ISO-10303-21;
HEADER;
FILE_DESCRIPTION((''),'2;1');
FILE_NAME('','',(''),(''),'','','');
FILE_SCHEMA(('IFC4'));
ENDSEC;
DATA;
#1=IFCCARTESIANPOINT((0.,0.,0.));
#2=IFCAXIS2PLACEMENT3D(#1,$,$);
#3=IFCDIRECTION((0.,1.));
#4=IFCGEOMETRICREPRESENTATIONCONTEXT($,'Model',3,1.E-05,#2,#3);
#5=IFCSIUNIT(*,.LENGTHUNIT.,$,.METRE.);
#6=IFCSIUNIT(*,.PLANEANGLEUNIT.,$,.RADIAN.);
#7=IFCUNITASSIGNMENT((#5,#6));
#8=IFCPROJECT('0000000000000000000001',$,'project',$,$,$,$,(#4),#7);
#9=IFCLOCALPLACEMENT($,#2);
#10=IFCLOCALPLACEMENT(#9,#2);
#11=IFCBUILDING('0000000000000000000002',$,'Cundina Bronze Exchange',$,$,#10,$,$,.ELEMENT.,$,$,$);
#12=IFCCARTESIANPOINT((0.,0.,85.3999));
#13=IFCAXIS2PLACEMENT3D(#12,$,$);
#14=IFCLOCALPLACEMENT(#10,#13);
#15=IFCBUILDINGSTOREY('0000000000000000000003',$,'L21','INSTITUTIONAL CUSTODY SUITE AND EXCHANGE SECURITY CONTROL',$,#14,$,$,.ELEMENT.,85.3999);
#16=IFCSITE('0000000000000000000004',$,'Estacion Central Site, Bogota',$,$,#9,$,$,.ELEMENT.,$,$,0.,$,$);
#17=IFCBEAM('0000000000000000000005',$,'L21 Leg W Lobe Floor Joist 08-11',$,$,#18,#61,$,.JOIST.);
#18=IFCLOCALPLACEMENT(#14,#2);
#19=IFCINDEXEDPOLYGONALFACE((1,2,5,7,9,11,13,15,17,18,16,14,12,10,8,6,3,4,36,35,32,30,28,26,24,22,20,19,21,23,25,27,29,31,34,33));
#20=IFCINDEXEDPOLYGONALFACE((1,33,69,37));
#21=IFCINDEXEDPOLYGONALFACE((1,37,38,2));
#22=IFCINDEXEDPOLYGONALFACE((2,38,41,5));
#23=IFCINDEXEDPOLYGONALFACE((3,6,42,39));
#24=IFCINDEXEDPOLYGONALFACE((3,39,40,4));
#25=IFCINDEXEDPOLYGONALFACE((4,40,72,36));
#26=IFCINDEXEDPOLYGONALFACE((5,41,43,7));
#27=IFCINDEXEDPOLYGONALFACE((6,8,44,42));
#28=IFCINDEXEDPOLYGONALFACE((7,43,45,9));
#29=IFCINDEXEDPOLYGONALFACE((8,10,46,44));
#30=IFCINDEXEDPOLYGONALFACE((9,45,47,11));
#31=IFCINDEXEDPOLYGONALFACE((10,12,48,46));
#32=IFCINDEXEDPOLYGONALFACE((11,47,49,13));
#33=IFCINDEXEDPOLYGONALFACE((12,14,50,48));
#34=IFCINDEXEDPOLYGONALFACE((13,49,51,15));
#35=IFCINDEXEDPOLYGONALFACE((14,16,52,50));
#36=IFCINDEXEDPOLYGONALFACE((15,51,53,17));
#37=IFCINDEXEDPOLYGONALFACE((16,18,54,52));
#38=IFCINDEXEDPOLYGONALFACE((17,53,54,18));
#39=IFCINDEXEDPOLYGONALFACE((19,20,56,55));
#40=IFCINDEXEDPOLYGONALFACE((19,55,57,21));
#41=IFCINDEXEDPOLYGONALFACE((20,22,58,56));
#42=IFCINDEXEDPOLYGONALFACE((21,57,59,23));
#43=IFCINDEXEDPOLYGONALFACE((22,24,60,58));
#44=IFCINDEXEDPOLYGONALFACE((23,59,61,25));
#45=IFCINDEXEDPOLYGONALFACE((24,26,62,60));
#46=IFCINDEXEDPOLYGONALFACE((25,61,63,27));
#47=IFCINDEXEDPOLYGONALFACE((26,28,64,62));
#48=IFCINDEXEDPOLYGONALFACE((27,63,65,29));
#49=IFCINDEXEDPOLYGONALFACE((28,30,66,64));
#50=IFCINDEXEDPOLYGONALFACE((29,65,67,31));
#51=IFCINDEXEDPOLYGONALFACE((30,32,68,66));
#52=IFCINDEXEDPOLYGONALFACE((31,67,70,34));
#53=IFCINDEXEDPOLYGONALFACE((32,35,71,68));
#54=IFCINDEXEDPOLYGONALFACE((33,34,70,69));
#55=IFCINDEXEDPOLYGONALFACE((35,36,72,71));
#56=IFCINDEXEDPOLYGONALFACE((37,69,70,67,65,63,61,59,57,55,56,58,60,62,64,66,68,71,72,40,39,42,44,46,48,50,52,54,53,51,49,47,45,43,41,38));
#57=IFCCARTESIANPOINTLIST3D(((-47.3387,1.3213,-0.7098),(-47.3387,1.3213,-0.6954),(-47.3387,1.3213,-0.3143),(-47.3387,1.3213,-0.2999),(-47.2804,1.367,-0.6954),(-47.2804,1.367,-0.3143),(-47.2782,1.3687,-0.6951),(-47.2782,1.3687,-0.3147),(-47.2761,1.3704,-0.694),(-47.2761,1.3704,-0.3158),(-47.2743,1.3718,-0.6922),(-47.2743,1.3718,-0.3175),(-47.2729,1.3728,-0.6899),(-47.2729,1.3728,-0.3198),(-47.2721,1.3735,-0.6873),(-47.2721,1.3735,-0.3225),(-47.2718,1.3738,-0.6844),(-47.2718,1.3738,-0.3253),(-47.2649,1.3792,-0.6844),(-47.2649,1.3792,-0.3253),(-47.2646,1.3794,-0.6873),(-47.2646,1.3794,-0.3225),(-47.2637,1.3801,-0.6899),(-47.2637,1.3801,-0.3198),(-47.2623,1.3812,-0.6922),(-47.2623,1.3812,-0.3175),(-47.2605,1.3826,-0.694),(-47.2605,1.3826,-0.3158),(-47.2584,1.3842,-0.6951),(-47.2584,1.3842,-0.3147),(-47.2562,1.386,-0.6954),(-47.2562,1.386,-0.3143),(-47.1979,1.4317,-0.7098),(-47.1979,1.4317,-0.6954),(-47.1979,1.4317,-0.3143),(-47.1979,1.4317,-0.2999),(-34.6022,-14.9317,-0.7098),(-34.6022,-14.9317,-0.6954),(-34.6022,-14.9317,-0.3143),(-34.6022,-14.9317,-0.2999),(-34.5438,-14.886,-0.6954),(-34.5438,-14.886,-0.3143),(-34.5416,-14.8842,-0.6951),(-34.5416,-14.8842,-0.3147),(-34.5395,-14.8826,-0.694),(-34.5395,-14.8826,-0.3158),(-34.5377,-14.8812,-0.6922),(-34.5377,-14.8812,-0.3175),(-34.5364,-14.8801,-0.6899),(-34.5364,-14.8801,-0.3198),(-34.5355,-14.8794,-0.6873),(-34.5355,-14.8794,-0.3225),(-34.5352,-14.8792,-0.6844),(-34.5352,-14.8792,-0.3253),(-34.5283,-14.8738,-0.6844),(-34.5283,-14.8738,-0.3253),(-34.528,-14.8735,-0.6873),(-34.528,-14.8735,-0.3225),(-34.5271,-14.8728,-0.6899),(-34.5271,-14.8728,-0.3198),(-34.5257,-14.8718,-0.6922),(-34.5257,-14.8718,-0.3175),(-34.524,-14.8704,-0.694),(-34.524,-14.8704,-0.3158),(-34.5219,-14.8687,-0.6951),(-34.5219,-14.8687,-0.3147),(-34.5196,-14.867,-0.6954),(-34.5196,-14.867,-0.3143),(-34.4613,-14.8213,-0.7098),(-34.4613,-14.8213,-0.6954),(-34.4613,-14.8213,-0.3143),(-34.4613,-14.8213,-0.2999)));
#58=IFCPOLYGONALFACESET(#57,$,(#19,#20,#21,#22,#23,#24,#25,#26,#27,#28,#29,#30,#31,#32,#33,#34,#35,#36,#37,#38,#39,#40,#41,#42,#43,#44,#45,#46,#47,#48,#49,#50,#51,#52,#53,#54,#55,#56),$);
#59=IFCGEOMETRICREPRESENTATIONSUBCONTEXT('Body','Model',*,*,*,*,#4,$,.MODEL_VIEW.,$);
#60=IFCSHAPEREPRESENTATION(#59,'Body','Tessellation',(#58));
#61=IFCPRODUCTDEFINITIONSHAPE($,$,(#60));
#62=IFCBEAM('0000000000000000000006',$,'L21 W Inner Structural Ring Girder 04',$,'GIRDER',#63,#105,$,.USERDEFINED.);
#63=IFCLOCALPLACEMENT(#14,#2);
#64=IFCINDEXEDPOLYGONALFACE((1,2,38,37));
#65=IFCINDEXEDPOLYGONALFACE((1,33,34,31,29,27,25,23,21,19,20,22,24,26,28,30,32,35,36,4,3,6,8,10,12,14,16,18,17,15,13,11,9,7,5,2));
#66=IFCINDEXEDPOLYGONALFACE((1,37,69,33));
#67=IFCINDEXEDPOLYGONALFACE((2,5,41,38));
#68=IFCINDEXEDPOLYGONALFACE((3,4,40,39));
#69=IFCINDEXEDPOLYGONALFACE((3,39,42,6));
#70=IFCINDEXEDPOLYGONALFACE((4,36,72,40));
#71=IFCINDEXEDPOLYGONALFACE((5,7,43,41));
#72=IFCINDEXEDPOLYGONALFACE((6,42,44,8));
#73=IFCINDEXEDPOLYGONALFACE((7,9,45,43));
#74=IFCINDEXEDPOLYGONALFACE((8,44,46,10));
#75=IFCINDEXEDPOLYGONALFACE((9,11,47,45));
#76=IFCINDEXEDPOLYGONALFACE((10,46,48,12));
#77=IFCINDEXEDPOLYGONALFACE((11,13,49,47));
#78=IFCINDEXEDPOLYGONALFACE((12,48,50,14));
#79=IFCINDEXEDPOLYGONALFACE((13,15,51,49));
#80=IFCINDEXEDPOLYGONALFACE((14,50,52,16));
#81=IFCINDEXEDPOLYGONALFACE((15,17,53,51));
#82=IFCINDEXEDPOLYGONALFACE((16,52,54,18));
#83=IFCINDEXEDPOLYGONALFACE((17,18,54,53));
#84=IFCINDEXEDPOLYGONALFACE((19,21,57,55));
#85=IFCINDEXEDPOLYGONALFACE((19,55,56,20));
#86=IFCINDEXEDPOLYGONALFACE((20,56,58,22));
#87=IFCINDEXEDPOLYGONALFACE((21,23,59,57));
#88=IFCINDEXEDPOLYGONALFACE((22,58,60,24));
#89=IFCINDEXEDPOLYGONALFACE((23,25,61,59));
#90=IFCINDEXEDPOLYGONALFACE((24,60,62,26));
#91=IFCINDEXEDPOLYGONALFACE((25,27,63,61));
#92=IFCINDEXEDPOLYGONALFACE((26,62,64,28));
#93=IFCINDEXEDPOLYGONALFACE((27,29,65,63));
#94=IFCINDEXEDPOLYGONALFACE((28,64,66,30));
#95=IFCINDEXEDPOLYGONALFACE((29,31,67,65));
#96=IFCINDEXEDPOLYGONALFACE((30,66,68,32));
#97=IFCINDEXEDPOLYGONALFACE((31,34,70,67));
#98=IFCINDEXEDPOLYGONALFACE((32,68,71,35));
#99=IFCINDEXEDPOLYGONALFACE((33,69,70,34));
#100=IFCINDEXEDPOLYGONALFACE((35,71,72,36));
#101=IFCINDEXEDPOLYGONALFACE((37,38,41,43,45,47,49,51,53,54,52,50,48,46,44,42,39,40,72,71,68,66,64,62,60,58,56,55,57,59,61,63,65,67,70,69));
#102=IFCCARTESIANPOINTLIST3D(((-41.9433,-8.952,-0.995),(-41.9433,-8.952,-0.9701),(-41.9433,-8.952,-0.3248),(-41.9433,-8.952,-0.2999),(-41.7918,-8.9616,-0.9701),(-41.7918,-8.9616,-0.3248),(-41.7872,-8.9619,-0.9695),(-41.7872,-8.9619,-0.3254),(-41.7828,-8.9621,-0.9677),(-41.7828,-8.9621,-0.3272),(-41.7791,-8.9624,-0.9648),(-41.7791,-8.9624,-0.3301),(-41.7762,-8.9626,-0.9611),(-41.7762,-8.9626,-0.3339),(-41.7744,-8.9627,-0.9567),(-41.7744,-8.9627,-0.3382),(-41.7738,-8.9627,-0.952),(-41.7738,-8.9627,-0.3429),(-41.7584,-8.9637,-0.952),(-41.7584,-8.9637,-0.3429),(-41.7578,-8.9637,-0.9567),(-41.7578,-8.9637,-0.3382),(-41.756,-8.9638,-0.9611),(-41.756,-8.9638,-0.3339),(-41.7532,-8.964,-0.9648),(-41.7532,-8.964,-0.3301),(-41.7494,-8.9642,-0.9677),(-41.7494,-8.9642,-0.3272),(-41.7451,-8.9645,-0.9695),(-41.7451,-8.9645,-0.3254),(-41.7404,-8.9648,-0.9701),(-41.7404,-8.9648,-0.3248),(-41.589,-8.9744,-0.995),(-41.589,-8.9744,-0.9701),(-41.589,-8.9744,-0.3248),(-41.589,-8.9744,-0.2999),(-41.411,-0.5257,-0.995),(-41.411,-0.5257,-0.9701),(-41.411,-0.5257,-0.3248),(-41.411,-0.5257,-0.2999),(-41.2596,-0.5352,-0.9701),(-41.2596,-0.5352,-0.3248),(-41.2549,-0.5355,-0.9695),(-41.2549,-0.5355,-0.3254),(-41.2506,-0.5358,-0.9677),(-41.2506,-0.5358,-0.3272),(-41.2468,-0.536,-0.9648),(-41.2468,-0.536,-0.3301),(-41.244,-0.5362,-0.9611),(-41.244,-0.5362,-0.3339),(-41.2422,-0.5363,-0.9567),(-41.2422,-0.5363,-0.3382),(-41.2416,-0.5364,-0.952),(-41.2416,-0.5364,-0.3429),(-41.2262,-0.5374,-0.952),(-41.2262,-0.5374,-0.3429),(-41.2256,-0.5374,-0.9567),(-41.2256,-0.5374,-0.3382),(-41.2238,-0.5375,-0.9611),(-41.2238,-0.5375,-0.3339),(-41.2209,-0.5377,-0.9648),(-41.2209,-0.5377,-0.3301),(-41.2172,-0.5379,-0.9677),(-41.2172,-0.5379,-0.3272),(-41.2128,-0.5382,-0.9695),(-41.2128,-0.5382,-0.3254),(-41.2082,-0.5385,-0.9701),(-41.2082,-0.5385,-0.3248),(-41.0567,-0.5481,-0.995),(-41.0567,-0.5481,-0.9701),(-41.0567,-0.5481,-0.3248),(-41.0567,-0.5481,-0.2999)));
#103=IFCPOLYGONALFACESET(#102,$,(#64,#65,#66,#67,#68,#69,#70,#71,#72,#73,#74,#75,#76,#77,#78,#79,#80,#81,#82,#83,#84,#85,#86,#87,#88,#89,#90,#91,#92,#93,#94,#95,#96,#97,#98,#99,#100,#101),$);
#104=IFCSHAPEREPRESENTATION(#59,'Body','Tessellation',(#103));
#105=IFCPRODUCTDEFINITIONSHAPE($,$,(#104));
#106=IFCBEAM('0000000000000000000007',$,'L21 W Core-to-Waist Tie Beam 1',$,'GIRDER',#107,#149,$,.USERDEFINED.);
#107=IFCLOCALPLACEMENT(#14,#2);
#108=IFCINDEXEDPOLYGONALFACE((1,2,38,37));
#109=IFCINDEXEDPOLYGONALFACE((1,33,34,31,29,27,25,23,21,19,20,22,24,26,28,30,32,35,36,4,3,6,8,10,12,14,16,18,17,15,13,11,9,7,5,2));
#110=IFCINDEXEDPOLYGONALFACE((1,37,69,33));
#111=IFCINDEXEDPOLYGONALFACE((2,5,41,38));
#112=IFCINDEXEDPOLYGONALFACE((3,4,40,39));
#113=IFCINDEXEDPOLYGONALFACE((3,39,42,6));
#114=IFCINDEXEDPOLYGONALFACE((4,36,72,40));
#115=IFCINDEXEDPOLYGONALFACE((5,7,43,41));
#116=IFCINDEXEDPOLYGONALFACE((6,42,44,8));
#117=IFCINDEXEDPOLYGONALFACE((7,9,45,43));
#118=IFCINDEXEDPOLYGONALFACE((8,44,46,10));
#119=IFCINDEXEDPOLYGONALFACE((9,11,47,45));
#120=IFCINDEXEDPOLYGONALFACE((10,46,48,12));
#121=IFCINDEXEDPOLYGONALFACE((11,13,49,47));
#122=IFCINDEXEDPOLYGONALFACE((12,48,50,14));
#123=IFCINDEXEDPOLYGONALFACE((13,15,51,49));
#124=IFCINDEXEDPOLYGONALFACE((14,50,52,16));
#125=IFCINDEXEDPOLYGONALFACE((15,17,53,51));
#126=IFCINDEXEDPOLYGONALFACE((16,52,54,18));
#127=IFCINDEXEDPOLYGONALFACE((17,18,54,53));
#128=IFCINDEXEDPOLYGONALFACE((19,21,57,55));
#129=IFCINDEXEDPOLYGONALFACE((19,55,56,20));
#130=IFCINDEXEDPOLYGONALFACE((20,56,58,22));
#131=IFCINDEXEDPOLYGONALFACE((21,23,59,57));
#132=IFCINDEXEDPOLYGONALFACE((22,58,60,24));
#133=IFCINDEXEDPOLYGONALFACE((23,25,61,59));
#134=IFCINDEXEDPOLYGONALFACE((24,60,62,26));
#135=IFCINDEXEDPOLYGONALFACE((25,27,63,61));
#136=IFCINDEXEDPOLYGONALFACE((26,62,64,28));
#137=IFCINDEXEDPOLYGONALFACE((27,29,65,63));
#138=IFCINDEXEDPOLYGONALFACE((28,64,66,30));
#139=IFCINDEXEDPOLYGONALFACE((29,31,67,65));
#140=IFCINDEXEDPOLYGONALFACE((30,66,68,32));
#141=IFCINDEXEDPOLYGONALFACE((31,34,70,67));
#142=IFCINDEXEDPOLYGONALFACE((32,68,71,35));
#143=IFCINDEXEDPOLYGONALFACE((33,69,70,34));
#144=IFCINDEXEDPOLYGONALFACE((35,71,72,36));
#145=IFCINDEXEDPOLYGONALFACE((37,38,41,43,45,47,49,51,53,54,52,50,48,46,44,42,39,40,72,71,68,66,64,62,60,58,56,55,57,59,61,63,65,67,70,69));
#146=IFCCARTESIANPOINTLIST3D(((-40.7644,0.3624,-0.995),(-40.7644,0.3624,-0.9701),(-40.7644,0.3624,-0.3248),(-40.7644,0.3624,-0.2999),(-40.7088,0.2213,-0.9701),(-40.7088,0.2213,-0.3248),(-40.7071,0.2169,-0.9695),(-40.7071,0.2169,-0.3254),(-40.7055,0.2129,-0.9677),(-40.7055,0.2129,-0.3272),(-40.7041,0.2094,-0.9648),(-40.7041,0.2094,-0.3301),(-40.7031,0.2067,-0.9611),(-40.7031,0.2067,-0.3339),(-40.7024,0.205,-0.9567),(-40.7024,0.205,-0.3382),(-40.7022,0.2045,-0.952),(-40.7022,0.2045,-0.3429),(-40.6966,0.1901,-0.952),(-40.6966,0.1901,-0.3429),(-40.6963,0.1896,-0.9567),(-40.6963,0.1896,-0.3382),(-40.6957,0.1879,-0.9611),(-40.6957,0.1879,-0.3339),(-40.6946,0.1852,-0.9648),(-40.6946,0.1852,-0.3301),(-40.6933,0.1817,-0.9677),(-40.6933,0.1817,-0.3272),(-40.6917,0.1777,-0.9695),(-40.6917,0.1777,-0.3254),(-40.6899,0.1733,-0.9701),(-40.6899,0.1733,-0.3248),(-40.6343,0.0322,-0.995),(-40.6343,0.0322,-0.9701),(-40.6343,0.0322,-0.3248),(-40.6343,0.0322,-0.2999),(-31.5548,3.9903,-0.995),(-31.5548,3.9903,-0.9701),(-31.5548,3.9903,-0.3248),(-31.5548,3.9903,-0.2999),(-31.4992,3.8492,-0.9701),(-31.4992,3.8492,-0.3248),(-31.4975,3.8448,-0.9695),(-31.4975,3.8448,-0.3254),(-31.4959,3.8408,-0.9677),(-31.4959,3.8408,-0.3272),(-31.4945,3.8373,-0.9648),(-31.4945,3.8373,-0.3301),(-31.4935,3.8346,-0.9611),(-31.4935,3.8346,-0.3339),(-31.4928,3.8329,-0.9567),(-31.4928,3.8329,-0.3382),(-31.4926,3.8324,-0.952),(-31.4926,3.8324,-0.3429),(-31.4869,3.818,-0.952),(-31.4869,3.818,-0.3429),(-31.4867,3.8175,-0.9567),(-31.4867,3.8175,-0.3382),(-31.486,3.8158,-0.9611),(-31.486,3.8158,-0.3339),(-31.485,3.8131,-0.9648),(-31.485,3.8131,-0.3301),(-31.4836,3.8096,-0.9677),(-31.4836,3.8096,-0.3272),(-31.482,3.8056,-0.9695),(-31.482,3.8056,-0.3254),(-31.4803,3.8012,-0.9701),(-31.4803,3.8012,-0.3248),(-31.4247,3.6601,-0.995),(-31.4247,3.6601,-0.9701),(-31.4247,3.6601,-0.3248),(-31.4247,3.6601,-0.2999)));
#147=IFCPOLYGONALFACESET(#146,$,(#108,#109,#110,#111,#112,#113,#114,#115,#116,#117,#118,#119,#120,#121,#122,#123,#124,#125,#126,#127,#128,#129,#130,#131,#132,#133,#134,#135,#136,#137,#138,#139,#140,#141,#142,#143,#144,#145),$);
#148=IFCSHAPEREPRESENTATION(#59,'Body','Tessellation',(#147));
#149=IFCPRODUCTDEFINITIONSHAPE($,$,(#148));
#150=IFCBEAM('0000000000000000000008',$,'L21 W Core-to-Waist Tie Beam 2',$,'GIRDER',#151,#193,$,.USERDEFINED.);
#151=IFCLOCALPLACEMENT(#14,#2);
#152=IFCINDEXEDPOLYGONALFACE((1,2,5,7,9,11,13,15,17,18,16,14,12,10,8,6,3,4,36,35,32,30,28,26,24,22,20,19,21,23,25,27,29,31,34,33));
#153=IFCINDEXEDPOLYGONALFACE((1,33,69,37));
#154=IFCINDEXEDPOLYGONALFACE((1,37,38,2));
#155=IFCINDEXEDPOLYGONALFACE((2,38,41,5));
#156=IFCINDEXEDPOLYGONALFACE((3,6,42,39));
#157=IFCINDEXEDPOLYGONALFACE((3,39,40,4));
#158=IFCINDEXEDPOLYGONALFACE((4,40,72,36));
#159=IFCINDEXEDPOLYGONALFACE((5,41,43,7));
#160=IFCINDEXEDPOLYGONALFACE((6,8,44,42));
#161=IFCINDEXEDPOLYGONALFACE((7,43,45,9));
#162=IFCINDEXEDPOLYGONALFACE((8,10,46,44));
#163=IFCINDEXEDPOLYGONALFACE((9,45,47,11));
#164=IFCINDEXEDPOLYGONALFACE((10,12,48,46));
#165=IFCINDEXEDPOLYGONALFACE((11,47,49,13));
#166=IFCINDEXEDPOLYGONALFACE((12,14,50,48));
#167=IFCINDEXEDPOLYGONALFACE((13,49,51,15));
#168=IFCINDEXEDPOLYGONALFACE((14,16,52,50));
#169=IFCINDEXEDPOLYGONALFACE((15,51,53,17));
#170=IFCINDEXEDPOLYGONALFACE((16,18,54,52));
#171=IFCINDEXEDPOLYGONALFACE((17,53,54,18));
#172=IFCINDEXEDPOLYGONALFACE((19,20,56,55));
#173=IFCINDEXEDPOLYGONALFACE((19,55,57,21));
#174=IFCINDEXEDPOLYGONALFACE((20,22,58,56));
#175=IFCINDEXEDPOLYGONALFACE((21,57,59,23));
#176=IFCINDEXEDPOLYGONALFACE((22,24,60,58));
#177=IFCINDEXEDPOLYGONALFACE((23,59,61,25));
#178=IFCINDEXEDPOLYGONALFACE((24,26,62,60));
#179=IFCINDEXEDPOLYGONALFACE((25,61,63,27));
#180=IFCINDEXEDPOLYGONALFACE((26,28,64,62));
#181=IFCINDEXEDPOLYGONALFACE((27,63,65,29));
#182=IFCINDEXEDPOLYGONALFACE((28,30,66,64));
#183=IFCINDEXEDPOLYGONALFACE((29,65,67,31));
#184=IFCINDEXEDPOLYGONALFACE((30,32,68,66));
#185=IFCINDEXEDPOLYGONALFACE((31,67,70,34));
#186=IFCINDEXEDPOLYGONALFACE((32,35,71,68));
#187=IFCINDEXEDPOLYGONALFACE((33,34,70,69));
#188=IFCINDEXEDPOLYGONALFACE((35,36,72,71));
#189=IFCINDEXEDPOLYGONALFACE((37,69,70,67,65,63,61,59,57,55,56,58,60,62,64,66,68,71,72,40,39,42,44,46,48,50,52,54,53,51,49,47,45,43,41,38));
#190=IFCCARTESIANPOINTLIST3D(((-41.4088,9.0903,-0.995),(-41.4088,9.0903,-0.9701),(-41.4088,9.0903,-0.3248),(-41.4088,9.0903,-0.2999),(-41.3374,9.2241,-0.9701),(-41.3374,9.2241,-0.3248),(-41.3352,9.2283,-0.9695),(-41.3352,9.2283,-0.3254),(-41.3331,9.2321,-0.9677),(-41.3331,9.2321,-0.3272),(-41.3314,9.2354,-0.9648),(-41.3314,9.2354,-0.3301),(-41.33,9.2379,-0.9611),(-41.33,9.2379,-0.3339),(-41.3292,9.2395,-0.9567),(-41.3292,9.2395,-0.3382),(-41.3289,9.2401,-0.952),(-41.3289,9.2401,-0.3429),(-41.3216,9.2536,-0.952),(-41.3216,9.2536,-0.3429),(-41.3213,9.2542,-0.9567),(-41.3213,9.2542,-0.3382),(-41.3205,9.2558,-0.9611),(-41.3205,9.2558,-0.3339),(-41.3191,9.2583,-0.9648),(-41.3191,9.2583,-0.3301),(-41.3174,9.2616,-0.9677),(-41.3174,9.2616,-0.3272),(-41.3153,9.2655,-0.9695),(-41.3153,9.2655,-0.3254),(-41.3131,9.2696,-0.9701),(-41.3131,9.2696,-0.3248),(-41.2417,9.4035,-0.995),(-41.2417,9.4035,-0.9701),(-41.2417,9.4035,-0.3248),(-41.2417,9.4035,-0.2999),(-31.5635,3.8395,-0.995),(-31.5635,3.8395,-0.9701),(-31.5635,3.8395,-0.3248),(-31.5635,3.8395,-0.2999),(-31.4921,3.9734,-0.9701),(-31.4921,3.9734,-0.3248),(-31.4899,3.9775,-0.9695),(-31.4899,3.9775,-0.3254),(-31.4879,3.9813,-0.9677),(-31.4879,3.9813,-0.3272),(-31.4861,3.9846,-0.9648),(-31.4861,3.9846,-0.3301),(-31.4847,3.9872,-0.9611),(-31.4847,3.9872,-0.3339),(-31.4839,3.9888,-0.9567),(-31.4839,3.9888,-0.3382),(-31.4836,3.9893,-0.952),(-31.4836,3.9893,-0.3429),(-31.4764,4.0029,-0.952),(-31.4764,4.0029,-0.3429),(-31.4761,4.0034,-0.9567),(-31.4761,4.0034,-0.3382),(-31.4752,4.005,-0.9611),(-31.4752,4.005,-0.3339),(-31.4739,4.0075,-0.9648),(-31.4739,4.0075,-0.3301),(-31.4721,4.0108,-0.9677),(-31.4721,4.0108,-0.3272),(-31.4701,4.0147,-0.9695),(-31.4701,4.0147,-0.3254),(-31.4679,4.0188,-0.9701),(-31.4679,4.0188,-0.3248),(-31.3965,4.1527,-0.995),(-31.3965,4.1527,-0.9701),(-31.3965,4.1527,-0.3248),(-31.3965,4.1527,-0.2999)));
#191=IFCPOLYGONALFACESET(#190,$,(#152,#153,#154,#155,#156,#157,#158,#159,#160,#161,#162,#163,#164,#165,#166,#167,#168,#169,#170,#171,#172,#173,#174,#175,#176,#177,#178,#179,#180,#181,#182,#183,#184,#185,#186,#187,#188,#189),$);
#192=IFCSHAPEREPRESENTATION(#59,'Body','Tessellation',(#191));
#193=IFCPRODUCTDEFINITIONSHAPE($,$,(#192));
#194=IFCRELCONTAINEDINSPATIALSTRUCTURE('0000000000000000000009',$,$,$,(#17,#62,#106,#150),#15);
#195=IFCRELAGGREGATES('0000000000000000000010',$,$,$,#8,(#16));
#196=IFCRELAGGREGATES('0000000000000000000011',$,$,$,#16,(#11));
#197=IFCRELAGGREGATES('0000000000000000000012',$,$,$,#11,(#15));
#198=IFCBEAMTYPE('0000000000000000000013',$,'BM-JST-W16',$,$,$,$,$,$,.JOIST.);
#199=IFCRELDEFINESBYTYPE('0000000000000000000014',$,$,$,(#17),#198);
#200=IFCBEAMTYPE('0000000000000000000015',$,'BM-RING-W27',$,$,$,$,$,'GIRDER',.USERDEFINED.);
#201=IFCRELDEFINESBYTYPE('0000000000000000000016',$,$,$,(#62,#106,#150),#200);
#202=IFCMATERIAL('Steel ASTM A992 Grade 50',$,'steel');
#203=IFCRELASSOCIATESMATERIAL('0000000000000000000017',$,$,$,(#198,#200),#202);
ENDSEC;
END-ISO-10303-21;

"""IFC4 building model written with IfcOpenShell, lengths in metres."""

from ifc_helpers import new_model, si_unit, direction, frame, origin, origin_2d, place, context, subcontext, project, spatial, i_section, extrude, material, material_profile, profile_set, type_object, element, save


model = new_model("IFC4")

# Units and contexts
model_context = context("Model", 3, precision=1e-05, world=origin(), true_north=direction((0.0, 1.0)))
body_context = subcontext(model_context, "Body", "Model", "MODEL_VIEW")
ifc_project = project(units=[si_unit("LENGTHUNIT", "METRE"), si_unit("PLANEANGLEUNIT", "RADIAN")], contexts=[model_context])

# Site, building, storey
site_placement = place(None, origin())
site = spatial("IfcSite", under=ifc_project, at=site_placement, Name="Estacion Central Site, Bogota", CompositionType="ELEMENT", RefElevation=0.0)
building_placement = place(site_placement, origin())
building = spatial("IfcBuilding", under=site, at=building_placement, Name="Cundina Bronze Exchange", CompositionType="ELEMENT")
storey_placement = place(building_placement, frame((0.0, 0.0, 85.3999)))
storey = spatial("IfcBuildingStorey", under=building, at=storey_placement, Name="L21", Description="INSTITUTIONAL CUSTODY SUITE AND EXCHANGE SECURITY CONTROL", CompositionType="ELEMENT", Elevation=85.3999)

# Shared definitions
ifc_material_1 = material(Name="Steel ASTM A992 Grade 50", Category="steel")

# Beams
ifc_material_profile_1 = material_profile(ifc_material_1, i_section(OverallWidth=0.179, OverallDepth=0.4099, WebThickness=0.0088, FlangeThickness=0.0144, FilletRadius=0.011, at=origin_2d()), Name="W16X45", Category="steel")
ifc_profile_set_1 = profile_set([ifc_material_profile_1], Name="Steel ASTM A992 Grade 50")
beam_type_1 = type_object("IfcBeamType", Name="BM-JST-W16", PredefinedType="JOIST", material=ifc_profile_set_1)
beam_1_placement = place(storey_placement, frame((-47.2683, 1.3765, -0.5049), z_axis=(0.616815, -0.787108, 0.0), x_axis=(0.787108, 0.616815, 0.0)))
element("IfcBeam", 1, at=beam_1_placement, inside=storey, type_object=beam_type_1, Name="L21 Leg W Lobe Floor Joist 08-11", PredefinedType="JOIST", context=body_context, shape_type="SweptSolid", body=[
    extrude(i_section(OverallWidth=0.179, OverallDepth=0.4099, WebThickness=0.0088, FlangeThickness=0.0144, FilletRadius=0.011, at=origin_2d()), origin(), (0.0, 0.0, 1.0), 20.6489),
])
ifc_material_profile_2 = material_profile(ifc_material_1, i_section(OverallWidth=0.355, OverallDepth=0.6951, WebThickness=0.0154, FlangeThickness=0.0249, FilletRadius=0.0181, at=origin_2d()), Name="W27X146", Category="steel")
ifc_profile_set_2 = profile_set([ifc_material_profile_2], Name="Steel ASTM A992 Grade 50")
beam_type_2 = type_object("IfcBeamType", Name="BM-RING-W27", ElementType="GIRDER", PredefinedType="USERDEFINED", material=ifc_profile_set_2)
beam_2_placement = place(storey_placement, frame((-41.2339, -0.5369, -0.6475), z_axis=(-0.063037, -0.998011, 0.0), x_axis=(0.998011, -0.063037, 0.0)))
element("IfcBeam", 2, at=beam_2_placement, inside=storey, type_object=beam_type_2, Name="L21 W Inner Structural Ring Girder 04", ObjectType="GIRDER", PredefinedType="USERDEFINED", context=body_context, shape_type="SweptSolid", body=[
    extrude(i_section(OverallWidth=0.355, OverallDepth=0.6951, WebThickness=0.0154, FlangeThickness=0.0249, FilletRadius=0.0181, at=origin_2d()), origin(), (0.0, 0.0, 1.0), 8.4431),
])
beam_3_placement = place(storey_placement, frame((-31.4897, 3.8252, -0.6475), z_axis=(-0.930413, -0.366512, 0.0), x_axis=(0.366512, -0.930413, 0.0)))
element("IfcBeam", 3, at=beam_3_placement, inside=storey, type_object=beam_type_2, Name="L21 W Core-to-Waist Tie Beam 1", ObjectType="GIRDER", PredefinedType="USERDEFINED", context=body_context, shape_type="SweptSolid", body=[
    extrude(i_section(OverallWidth=0.355, OverallDepth=0.6951, WebThickness=0.0154, FlangeThickness=0.0249, FilletRadius=0.0181, at=origin_2d()), origin(), (0.0, 0.0, 1.0), 9.8984),
])
beam_4_placement = place(storey_placement, frame((-31.48, 3.9961, -0.6475), z_axis=(-0.882355, 0.470585, 0.0), x_axis=(-0.470585, -0.882355, 0.0)))
element("IfcBeam", 4, at=beam_4_placement, inside=storey, type_object=beam_type_2, Name="L21 W Core-to-Waist Tie Beam 2", ObjectType="GIRDER", PredefinedType="USERDEFINED", context=body_context, shape_type="SweptSolid", body=[
    extrude(i_section(OverallWidth=0.355, OverallDepth=0.6951, WebThickness=0.0154, FlangeThickness=0.0249, FilletRadius=0.0181, at=origin_2d()), origin(), (0.0, 0.0, 1.0), 11.158),
])

save(model, "model.ifc")
